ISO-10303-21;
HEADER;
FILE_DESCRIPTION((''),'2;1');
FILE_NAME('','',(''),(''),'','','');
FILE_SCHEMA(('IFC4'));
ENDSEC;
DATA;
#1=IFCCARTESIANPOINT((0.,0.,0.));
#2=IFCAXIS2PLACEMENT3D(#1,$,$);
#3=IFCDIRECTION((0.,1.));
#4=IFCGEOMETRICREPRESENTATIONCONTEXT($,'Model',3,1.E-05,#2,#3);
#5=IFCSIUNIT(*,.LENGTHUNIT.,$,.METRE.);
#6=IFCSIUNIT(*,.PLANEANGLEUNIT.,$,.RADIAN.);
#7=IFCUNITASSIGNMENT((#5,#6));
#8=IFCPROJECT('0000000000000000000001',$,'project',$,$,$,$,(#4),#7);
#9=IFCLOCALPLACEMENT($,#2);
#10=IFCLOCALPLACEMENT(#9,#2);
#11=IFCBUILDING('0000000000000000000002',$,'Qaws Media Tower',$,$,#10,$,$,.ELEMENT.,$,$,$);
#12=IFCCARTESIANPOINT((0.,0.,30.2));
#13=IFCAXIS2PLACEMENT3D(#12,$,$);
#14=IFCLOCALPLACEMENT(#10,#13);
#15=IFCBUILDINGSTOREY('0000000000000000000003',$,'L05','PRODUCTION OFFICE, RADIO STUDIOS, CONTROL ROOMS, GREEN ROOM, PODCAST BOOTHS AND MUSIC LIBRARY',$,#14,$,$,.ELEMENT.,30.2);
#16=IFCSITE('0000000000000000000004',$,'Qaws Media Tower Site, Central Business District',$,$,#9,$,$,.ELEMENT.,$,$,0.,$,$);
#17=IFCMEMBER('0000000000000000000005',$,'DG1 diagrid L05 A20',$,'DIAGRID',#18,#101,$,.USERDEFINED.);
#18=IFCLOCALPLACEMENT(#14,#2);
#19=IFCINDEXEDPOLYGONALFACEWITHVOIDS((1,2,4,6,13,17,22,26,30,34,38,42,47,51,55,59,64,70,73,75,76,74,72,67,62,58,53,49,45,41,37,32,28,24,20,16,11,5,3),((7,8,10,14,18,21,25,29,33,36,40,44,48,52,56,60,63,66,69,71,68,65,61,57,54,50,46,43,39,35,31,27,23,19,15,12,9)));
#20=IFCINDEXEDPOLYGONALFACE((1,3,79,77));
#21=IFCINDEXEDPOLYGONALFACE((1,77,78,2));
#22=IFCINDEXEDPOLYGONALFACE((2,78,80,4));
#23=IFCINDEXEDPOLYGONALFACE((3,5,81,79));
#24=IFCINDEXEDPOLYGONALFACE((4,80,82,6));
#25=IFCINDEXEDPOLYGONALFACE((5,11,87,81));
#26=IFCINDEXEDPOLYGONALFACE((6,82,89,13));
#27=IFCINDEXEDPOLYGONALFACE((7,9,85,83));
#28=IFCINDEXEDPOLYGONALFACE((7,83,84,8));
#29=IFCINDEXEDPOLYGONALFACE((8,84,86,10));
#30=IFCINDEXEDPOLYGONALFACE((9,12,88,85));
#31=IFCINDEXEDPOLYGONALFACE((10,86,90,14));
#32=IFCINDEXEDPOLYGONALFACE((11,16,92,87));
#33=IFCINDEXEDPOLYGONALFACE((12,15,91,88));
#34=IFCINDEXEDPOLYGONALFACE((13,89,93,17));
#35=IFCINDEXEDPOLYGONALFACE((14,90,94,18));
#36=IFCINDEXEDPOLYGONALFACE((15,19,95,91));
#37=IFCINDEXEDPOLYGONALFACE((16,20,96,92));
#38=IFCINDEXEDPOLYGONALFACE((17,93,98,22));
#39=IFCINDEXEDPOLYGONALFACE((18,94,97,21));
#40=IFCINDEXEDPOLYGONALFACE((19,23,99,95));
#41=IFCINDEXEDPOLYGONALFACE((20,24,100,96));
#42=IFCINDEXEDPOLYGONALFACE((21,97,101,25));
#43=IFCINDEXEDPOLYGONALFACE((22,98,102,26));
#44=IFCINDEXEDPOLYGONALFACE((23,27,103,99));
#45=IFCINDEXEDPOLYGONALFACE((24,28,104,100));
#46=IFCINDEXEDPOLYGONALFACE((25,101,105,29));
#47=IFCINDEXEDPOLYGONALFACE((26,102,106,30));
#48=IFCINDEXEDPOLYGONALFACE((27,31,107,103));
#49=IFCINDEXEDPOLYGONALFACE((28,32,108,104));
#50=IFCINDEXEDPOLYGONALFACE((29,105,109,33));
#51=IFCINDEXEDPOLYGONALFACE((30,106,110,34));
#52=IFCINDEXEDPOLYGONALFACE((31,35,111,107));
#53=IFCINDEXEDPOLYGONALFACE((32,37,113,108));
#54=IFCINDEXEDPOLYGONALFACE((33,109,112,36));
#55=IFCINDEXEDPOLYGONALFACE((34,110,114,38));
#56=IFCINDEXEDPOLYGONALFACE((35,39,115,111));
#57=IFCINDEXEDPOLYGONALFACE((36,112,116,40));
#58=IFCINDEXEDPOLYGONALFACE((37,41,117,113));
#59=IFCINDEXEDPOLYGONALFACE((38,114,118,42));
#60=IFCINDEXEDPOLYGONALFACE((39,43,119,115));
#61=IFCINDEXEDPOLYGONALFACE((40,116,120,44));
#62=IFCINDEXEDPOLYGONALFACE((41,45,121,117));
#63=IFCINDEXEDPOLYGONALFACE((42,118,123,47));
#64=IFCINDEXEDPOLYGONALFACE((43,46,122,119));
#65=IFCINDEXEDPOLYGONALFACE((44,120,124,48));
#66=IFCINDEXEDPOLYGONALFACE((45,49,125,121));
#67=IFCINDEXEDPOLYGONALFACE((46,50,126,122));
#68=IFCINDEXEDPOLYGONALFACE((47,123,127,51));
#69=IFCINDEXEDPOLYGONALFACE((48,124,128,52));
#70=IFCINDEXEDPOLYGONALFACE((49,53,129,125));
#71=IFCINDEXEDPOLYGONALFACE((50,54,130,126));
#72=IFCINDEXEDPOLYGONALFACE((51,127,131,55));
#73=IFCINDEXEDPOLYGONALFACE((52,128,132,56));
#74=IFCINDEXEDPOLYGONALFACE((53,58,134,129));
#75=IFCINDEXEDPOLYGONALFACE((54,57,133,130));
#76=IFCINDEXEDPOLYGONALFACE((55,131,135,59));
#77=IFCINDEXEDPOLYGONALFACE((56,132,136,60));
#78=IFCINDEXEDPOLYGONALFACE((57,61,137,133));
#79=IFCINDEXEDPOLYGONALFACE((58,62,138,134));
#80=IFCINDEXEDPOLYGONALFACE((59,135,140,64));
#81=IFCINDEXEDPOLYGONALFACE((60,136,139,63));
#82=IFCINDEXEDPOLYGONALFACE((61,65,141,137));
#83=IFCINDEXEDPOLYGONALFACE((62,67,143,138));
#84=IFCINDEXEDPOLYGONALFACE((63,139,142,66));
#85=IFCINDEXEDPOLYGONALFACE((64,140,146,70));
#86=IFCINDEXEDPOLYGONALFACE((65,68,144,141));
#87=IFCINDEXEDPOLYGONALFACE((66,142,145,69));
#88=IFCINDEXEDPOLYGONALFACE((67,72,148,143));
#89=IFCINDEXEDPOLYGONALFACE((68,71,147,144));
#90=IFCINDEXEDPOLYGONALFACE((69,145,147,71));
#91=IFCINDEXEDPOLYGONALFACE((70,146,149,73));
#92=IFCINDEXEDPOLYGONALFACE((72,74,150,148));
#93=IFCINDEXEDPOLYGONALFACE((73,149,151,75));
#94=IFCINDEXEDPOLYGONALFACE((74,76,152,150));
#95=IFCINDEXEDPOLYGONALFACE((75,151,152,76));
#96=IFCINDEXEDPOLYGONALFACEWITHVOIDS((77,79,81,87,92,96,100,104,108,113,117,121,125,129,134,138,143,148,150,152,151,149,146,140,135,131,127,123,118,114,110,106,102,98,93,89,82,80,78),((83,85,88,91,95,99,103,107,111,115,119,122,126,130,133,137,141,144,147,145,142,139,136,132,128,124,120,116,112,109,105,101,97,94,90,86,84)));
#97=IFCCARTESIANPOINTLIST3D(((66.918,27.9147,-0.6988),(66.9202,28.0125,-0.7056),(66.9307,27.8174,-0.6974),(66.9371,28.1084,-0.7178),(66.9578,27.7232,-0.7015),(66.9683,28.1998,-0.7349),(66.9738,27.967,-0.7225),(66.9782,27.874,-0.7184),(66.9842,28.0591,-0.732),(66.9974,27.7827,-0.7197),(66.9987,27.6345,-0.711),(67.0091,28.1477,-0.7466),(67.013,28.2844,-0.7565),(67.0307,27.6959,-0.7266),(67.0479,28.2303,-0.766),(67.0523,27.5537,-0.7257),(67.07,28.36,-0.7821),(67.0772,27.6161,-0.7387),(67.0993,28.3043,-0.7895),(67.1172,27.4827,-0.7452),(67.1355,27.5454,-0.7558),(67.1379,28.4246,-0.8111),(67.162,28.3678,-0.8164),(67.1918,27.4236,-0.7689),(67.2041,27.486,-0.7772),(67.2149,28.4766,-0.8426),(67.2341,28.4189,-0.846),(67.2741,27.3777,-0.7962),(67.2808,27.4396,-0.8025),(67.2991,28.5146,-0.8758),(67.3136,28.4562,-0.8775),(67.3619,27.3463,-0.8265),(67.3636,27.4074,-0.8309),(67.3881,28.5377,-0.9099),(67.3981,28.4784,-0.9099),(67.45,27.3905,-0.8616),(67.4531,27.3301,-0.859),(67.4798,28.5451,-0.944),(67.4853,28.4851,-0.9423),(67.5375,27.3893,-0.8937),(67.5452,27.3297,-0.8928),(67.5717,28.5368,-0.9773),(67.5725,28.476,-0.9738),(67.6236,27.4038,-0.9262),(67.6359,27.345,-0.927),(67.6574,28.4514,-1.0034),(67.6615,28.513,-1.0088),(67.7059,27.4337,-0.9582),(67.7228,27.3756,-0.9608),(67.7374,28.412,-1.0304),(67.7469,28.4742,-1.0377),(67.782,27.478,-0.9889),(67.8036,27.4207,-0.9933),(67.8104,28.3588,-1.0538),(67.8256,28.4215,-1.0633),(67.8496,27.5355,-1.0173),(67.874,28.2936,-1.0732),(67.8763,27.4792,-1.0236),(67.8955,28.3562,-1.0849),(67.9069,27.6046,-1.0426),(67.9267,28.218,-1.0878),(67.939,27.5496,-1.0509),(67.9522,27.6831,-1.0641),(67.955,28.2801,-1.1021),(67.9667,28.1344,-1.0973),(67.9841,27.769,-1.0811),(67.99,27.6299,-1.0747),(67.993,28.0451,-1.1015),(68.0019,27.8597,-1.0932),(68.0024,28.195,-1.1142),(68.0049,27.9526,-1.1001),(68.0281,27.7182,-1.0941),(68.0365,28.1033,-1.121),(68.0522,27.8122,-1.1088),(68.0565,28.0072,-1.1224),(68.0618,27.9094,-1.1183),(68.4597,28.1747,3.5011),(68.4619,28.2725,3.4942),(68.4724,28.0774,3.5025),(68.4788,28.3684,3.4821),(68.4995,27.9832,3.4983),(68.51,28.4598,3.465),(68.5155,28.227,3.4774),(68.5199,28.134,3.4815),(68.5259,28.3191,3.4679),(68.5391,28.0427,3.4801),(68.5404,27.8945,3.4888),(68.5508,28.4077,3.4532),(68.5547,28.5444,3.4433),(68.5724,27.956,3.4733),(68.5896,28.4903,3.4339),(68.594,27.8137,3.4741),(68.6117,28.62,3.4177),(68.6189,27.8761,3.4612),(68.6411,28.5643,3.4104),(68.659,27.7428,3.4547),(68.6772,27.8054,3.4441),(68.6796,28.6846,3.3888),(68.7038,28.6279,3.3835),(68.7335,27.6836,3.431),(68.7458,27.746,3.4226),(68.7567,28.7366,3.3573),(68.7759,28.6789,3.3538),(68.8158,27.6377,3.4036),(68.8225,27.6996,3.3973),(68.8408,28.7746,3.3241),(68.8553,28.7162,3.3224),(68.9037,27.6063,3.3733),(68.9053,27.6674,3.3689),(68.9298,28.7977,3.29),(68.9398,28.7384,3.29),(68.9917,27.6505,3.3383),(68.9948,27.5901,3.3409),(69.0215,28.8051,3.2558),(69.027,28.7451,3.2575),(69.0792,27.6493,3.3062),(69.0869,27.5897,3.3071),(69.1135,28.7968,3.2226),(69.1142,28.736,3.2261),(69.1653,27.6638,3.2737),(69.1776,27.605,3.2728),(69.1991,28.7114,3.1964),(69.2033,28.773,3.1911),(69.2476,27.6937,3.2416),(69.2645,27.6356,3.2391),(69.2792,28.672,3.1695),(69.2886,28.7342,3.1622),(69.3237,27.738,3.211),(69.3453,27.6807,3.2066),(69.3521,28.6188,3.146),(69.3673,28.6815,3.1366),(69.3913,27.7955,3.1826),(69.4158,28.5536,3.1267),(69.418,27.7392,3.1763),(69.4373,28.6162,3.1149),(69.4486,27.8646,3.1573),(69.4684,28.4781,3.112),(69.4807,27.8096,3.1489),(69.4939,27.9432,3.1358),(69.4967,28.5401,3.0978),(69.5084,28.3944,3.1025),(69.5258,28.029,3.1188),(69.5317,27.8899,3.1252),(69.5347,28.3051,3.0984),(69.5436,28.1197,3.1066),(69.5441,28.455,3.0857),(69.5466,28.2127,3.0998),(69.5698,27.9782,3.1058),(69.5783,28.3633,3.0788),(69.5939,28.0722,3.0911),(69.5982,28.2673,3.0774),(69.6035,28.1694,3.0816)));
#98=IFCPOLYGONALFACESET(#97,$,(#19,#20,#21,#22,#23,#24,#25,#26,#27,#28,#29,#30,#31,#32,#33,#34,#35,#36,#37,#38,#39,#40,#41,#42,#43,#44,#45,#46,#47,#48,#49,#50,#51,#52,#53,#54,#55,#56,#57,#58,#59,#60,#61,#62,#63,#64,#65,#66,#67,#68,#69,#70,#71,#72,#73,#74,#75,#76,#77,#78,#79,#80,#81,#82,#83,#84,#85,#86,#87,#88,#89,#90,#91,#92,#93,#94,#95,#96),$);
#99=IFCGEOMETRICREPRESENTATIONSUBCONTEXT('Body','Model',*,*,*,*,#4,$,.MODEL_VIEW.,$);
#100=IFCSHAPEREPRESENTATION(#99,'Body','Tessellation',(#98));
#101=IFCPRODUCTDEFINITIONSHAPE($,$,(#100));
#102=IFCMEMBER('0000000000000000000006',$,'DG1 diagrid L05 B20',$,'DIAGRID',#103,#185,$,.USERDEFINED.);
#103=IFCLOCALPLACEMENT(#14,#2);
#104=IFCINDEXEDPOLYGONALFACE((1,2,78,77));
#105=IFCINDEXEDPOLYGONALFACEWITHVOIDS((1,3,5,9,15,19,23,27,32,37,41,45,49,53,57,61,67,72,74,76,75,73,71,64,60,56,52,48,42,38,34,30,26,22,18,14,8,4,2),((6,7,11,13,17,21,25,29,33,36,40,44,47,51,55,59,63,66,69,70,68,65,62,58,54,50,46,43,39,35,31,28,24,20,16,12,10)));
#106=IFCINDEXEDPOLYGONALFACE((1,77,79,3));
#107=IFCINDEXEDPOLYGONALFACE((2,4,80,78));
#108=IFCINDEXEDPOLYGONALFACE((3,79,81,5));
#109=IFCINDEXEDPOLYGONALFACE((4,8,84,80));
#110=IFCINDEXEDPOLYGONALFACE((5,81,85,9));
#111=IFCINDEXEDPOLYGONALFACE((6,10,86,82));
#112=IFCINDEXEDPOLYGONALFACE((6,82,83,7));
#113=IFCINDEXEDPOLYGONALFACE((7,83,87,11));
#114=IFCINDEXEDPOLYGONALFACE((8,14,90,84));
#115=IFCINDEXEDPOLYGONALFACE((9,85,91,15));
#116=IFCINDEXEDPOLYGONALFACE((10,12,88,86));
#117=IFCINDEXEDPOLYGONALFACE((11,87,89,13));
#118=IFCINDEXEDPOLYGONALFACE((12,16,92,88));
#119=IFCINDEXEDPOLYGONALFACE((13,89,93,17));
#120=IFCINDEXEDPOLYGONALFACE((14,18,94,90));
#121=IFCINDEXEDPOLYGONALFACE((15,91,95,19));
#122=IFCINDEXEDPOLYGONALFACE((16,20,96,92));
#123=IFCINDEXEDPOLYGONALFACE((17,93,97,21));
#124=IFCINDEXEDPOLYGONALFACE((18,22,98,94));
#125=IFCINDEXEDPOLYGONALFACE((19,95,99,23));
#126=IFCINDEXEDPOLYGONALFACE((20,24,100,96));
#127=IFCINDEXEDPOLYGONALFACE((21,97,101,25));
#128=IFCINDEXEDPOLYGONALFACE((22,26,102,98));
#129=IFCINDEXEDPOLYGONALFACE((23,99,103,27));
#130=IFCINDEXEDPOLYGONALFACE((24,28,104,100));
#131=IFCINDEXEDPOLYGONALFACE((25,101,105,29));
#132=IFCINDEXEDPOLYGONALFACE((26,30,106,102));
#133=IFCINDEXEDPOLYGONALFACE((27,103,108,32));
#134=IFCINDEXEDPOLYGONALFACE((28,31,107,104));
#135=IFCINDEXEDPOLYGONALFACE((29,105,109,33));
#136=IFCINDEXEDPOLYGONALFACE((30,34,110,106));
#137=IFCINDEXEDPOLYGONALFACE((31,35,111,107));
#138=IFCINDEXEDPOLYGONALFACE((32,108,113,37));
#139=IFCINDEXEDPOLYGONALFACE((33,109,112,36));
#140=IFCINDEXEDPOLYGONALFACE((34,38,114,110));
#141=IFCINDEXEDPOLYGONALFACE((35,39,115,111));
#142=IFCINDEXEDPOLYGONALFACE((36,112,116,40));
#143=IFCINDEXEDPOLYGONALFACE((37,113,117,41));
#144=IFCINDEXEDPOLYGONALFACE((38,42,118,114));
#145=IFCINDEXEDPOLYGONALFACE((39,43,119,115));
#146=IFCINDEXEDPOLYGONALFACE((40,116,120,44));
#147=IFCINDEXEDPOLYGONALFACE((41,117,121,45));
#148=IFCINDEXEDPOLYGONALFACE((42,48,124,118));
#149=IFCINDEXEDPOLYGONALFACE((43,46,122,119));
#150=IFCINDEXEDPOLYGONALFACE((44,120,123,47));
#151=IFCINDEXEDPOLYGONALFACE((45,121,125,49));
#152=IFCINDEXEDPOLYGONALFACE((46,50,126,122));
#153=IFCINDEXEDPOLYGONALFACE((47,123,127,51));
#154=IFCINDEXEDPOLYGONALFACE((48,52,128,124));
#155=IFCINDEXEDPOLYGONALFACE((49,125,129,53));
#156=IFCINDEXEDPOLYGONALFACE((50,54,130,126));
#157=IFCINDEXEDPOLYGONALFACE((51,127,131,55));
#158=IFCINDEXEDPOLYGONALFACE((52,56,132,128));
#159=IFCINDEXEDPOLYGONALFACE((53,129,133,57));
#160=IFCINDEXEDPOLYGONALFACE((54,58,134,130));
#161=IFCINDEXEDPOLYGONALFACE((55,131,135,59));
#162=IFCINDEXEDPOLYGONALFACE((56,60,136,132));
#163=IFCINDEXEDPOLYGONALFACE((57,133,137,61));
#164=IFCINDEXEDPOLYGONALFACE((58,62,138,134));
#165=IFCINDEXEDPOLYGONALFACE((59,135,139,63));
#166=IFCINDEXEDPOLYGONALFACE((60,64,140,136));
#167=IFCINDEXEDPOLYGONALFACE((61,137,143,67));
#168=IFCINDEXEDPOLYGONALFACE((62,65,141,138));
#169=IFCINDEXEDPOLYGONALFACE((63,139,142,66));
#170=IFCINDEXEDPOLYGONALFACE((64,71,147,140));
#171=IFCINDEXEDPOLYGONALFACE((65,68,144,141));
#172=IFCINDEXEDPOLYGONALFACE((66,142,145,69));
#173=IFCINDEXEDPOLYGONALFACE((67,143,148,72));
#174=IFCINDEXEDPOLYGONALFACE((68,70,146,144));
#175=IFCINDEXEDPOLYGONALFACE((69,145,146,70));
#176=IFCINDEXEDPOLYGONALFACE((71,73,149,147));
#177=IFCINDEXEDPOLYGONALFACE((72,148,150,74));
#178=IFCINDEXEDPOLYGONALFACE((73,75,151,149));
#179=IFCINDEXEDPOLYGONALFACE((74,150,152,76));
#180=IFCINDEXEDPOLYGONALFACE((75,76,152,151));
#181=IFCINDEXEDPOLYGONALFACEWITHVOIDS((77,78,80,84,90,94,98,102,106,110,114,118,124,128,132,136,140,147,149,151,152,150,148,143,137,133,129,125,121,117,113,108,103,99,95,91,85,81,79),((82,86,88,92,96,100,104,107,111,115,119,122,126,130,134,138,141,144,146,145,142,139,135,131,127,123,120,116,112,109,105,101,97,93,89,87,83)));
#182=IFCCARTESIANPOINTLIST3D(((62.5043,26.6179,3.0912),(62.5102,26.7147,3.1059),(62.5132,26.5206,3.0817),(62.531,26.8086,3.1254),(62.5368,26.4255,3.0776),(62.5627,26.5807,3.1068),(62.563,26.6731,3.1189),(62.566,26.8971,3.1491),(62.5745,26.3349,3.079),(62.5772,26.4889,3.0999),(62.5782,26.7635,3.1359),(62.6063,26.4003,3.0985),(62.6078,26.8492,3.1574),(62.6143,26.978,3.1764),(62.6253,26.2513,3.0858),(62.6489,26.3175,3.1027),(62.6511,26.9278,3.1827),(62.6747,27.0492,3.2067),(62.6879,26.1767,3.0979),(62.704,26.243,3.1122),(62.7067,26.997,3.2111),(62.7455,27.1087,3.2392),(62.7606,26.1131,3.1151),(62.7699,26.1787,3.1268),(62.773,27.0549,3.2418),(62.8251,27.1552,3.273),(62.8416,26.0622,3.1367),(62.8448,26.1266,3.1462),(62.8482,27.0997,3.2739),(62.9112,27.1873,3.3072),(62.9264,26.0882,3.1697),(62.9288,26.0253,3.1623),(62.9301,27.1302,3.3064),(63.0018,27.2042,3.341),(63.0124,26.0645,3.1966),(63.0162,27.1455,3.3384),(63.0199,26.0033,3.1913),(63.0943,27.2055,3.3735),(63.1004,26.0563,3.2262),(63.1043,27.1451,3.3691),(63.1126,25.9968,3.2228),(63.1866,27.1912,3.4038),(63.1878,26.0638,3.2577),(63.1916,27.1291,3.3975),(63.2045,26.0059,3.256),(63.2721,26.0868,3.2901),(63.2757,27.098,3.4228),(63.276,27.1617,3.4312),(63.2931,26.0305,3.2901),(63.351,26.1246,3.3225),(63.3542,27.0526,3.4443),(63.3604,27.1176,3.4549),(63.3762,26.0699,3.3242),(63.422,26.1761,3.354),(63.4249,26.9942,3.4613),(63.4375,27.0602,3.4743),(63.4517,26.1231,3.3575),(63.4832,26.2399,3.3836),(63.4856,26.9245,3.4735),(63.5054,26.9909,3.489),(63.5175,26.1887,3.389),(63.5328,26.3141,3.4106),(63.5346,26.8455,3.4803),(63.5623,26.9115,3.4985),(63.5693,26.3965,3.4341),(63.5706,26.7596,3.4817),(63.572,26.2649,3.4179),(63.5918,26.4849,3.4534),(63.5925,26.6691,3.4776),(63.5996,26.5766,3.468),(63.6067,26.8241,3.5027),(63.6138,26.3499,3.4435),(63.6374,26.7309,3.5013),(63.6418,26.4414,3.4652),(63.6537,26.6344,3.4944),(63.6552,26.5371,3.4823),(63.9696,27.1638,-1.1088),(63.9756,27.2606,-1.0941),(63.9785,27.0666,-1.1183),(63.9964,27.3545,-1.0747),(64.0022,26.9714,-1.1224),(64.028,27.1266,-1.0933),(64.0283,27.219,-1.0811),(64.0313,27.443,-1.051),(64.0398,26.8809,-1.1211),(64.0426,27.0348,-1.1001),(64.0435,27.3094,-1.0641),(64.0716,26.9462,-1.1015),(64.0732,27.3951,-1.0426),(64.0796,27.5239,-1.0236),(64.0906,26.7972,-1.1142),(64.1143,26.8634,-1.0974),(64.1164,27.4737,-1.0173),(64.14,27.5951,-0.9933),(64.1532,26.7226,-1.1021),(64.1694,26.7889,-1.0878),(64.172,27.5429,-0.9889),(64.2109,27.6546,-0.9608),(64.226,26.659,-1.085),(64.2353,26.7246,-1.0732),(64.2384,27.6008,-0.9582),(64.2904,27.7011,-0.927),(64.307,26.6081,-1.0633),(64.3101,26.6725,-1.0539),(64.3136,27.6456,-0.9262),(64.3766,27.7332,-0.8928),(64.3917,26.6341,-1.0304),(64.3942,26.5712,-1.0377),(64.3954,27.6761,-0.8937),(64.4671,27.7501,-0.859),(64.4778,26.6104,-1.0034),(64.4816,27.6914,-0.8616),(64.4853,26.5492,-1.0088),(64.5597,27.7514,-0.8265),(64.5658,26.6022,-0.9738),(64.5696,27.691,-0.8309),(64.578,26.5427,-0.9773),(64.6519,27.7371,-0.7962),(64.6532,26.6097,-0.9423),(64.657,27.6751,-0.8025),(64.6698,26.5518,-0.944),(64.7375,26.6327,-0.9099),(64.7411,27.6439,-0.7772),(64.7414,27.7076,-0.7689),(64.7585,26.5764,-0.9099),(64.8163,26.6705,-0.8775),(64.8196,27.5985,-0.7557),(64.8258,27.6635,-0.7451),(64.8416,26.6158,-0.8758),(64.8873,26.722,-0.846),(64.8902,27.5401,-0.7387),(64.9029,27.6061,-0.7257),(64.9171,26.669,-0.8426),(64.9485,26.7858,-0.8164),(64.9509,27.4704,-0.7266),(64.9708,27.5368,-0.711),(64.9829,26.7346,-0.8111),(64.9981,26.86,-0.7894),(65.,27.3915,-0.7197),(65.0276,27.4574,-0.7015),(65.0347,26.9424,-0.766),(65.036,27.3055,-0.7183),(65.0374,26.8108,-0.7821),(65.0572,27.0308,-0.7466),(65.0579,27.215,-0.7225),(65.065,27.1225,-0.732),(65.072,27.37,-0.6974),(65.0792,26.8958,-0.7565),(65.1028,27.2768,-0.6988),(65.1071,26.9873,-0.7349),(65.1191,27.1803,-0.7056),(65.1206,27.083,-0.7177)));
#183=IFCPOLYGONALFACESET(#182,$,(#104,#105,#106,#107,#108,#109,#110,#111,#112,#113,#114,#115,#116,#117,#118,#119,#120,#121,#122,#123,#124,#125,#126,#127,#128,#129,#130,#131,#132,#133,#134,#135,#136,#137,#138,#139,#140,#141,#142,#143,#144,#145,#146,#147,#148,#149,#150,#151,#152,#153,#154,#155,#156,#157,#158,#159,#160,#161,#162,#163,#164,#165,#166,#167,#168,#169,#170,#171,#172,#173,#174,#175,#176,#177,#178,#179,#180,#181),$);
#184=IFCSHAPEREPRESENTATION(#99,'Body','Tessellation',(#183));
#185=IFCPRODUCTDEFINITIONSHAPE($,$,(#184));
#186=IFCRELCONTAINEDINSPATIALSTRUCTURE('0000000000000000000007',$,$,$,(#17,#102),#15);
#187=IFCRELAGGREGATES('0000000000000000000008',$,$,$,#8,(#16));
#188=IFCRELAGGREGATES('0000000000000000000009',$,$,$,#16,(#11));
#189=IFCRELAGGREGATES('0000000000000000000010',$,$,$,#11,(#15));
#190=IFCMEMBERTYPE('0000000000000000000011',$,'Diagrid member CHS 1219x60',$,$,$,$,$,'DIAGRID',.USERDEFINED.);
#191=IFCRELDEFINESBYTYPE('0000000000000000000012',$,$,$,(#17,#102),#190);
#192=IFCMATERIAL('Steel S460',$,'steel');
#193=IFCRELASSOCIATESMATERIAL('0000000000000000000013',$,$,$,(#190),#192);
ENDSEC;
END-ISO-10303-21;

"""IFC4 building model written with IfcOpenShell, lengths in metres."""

from ifc_helpers import new_model, si_unit, direction, frame, origin, origin_2d, place, context, subcontext, project, spatial, hollow_circle, extrude, material, material_profile, profile_set, type_object, element, save


model = new_model("IFC4")

# Units and contexts
model_context = context("Model", 3, precision=1e-05, world=origin(), true_north=direction((0.0, 1.0)))
body_context = subcontext(model_context, "Body", "Model", "MODEL_VIEW")
ifc_project = project(units=[si_unit("LENGTHUNIT", "METRE"), si_unit("PLANEANGLEUNIT", "RADIAN")], contexts=[model_context])

# Site, building, storey
site_placement = place(None, origin())
site = spatial("IfcSite", under=ifc_project, at=site_placement, Name="Qaws Media Tower Site, Central Business District", CompositionType="ELEMENT", RefElevation=0.0)
building_placement = place(site_placement, origin())
building = spatial("IfcBuilding", under=site, at=building_placement, Name="Qaws Media Tower", CompositionType="ELEMENT")
storey_placement = place(building_placement, frame((0.0, 0.0, 30.2)))
storey = spatial("IfcBuildingStorey", under=building, at=storey_placement, Name="L05", Description="PRODUCTION OFFICE, RADIO STUDIOS, CONTROL ROOMS, GREEN ROOM, PODCAST BOOTHS AND MUSIC LIBRARY", CompositionType="ELEMENT", Elevation=30.2)

# Members
ifc_material_1 = material(Name="Steel S460", Category="steel")
ifc_material_profile_1 = material_profile(ifc_material_1, hollow_circle(Radius=0.6096, WallThickness=0.0601, at=origin_2d()), Name="CHS 1219x60")
ifc_profile_set_1 = profile_set([ifc_material_profile_1], Name="Steel S460")
member_type_1 = type_object("IfcMemberType", Name="Diagrid member CHS 1219x60", ElementType="DIAGRID", PredefinedType="USERDEFINED", material=ifc_profile_set_1)
for number, where, z_axis, x_axis, name in (
    (1, (67.4895, 27.9365, -0.9099), (0.344022, 0.058018, 0.937167), (-0.166298, 0.986076, 0.0), "DG1 diagrid L05 A20"),
):
    element("IfcMember", number, at=place(storey_placement, frame(where, z_axis=z_axis, x_axis=x_axis)), inside=storey, type_object=member_type_1, Name=name, ObjectType="DIAGRID", PredefinedType="USERDEFINED", context=body_context, shape_type="SweptSolid", body=[
        extrude(hollow_circle(Radius=0.6096, WallThickness=0.0601, at=origin_2d()), origin(), (0.0, 0.0, 1.0), 4.4814),
    ])
member_1_placement = place(storey_placement, frame((64.5457, 27.1477, -0.9099), z_axis=(-0.326966, -0.121809, 0.937153), x_axis=(0.349104, -0.937084, 0.0)))
element("IfcMember", 2, at=member_1_placement, inside=storey, type_object=member_type_1, Name="DG1 diagrid L05 B20", ObjectType="DIAGRID", PredefinedType="USERDEFINED", context=body_context, shape_type="SweptSolid", body=[
    extrude(hollow_circle(Radius=0.6096, WallThickness=0.0601, at=origin_2d()), origin(), (0.0, 0.0, 1.0), 4.4817),
])

save(model, "model.ifc")
